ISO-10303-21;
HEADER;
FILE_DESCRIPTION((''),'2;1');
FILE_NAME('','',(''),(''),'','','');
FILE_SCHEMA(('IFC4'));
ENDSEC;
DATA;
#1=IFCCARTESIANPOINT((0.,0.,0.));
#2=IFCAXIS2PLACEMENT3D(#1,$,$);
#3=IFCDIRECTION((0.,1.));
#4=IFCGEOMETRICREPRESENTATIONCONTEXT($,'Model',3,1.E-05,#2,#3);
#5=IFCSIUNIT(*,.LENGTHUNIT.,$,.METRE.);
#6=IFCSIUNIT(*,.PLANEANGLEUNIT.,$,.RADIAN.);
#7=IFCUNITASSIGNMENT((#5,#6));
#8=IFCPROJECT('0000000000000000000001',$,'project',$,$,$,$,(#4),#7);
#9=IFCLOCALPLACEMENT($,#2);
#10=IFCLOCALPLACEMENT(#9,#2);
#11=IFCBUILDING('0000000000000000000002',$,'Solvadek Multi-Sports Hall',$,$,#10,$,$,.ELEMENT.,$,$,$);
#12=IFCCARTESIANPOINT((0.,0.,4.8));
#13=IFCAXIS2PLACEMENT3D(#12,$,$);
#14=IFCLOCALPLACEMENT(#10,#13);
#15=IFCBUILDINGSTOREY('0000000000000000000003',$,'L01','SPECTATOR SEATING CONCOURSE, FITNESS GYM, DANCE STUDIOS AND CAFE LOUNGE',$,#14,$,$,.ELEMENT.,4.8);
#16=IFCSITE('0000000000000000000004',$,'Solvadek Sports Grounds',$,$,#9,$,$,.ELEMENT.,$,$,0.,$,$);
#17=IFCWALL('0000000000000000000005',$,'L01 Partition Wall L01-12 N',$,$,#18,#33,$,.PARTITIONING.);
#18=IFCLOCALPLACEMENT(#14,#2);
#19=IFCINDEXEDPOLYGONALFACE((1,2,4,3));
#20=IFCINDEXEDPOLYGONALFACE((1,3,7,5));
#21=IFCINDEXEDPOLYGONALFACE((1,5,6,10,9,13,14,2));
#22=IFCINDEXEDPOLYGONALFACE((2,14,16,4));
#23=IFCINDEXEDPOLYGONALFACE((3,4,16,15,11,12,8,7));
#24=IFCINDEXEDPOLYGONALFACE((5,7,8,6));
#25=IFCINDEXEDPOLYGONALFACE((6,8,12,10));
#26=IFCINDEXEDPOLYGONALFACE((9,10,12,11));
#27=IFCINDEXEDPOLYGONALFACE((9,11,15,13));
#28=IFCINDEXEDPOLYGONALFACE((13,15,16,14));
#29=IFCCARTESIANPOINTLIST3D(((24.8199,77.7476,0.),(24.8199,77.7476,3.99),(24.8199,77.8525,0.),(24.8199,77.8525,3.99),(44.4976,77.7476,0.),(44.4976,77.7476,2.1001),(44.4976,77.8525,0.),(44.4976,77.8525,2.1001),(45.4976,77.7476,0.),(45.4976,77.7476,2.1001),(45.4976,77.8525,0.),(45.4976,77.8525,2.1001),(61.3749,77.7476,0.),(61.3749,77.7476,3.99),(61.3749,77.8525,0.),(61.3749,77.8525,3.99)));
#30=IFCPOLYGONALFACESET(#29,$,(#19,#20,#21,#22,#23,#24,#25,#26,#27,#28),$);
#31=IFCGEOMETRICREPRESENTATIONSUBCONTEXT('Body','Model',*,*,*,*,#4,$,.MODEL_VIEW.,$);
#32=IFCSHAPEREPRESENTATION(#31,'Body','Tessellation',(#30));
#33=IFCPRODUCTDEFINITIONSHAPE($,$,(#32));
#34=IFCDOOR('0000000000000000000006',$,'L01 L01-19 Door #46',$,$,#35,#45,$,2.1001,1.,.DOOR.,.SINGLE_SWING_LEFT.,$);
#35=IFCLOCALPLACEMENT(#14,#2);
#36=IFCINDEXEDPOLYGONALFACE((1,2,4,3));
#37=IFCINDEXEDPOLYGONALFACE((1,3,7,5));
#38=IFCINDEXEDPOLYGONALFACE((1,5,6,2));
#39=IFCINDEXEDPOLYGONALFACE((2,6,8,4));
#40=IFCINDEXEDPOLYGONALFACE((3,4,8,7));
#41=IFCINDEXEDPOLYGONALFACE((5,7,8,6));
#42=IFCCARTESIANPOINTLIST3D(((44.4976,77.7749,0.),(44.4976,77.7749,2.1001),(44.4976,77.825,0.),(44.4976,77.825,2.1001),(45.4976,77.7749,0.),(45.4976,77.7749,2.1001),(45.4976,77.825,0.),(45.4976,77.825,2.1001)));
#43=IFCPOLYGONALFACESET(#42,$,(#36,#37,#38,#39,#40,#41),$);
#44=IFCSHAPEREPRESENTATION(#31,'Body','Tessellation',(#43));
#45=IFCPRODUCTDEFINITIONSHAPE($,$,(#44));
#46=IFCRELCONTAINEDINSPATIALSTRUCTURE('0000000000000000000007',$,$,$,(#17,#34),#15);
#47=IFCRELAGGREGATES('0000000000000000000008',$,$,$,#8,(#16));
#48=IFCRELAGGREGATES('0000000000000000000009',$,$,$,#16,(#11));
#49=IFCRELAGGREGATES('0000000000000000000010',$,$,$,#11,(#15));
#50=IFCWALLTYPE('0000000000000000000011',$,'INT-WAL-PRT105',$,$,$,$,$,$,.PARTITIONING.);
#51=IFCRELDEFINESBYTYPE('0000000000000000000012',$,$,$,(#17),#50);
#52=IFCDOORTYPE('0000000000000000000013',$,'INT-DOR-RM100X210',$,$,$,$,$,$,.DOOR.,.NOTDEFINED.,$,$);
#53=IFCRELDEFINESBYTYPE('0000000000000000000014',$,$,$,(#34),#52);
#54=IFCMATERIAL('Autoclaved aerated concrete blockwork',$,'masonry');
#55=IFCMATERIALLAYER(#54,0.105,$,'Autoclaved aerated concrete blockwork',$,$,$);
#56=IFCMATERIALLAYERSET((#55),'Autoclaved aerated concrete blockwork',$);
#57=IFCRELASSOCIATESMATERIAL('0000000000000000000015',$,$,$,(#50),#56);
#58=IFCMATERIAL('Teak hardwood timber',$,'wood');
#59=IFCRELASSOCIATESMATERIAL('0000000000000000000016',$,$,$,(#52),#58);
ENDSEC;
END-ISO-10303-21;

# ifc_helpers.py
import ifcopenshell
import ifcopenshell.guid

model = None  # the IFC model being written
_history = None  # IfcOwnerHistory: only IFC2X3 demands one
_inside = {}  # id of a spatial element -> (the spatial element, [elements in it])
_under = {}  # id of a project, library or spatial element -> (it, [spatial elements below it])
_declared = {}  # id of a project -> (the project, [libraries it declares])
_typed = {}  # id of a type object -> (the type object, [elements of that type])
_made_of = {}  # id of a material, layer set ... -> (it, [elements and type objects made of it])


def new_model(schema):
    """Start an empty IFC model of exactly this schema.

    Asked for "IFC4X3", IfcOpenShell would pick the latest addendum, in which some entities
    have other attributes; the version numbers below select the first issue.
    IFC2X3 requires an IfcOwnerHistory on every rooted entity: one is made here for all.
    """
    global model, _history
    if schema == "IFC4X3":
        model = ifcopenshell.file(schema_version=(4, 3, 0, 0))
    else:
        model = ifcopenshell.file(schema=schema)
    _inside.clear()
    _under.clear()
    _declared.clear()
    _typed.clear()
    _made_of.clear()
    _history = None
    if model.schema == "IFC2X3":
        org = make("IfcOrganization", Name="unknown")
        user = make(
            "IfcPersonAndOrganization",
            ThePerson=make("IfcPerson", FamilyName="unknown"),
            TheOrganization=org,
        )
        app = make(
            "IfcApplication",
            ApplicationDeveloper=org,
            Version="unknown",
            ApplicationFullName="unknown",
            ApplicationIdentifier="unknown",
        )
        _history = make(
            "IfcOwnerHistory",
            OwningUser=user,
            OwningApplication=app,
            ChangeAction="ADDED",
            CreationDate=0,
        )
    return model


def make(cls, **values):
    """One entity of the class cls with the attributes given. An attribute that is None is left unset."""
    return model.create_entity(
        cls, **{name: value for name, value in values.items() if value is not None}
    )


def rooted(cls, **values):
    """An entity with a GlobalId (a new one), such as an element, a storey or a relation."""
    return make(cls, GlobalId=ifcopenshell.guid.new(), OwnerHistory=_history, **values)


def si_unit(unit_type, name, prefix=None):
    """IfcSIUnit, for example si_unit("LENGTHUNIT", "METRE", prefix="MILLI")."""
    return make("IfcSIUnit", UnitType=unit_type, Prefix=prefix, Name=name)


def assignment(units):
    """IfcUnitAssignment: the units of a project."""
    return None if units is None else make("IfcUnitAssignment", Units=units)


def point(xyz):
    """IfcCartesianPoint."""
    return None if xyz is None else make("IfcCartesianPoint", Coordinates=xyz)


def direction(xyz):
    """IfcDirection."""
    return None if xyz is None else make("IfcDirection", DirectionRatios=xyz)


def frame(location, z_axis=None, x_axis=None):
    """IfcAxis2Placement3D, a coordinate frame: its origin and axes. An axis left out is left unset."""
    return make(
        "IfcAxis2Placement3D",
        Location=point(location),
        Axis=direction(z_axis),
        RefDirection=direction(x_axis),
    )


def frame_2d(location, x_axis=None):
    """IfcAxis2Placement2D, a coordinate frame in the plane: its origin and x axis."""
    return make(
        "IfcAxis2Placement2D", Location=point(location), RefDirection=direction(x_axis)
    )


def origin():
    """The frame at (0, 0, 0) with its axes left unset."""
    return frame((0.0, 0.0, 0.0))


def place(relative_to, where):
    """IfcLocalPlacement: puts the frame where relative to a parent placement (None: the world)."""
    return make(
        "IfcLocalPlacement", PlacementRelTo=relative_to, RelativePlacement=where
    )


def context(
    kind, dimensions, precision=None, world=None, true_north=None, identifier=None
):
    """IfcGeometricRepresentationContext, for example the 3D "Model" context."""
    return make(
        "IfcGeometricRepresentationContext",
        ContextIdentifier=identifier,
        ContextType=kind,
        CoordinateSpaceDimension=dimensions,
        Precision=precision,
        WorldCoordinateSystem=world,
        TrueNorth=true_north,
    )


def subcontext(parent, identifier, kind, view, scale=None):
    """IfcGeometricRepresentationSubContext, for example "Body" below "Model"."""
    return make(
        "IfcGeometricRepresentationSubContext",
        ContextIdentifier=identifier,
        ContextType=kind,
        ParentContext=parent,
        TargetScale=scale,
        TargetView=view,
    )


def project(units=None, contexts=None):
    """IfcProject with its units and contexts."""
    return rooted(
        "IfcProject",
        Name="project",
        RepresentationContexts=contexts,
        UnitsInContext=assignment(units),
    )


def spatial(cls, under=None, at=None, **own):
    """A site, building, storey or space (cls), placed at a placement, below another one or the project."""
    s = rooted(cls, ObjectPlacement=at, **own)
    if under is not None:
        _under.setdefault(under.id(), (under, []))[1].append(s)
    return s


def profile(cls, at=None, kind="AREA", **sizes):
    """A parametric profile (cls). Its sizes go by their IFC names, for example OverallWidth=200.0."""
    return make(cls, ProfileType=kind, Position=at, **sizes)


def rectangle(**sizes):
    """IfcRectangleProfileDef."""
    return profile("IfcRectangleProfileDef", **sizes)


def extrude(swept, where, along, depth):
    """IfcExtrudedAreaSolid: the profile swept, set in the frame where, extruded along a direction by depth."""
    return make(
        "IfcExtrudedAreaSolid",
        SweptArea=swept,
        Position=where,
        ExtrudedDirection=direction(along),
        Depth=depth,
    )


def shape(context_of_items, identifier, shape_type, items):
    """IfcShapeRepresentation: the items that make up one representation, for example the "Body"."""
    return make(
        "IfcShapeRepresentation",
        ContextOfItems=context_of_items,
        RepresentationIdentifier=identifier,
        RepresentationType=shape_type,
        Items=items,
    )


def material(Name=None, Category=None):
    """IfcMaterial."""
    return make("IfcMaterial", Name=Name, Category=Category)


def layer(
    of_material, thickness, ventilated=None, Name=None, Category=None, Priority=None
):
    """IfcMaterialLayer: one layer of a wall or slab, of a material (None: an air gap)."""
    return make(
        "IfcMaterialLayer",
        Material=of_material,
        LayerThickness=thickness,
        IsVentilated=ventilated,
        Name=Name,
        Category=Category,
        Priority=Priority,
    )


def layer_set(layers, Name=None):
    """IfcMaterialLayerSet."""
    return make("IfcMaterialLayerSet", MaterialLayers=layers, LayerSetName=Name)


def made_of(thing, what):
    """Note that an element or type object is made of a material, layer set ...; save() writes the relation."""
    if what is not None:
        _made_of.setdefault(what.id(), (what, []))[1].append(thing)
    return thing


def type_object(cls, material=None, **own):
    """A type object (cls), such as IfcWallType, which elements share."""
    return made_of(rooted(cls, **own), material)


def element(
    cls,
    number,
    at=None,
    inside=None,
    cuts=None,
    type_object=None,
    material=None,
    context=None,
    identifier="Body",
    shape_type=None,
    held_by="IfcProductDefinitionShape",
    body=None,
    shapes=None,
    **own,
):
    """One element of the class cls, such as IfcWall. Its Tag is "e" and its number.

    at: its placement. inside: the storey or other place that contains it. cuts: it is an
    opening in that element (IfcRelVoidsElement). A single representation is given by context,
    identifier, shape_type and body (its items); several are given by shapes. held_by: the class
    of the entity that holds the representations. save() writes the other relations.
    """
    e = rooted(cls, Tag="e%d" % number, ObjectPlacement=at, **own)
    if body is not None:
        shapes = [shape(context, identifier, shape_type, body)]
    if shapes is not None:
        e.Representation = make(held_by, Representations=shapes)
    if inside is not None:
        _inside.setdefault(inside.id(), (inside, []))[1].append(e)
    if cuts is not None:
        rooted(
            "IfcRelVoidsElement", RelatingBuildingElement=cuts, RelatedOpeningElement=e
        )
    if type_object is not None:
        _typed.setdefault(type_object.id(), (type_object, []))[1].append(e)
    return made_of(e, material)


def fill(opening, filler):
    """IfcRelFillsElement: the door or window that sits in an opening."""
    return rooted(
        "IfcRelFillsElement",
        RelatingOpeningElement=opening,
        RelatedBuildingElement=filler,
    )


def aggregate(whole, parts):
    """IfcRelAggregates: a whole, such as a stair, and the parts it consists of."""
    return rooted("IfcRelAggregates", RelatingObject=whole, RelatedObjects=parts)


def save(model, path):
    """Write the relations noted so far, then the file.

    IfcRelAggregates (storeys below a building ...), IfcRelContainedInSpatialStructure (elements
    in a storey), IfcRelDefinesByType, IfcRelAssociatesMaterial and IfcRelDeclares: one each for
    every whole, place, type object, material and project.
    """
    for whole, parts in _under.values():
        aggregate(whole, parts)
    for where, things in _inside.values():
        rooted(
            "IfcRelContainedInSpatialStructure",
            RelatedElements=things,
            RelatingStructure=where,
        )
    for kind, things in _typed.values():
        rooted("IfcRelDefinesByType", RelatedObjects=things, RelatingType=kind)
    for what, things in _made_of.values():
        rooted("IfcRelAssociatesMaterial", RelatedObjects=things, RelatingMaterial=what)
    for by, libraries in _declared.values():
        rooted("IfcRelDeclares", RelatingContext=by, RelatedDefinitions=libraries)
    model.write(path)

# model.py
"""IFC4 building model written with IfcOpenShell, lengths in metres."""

from ifc_helpers import new_model, si_unit, direction, frame, frame_2d, origin, place, context, subcontext, project, spatial, rectangle, extrude, material, layer, layer_set, type_object, element, fill, save


model = new_model("IFC4")

# Units and contexts
model_context = context("Model", 3, precision=1e-05, world=origin(), true_north=direction((0.0, 1.0)))
body_context = subcontext(model_context, "Body", "Model", "MODEL_VIEW")
ifc_project = project(units=[si_unit("LENGTHUNIT", "METRE"), si_unit("PLANEANGLEUNIT", "RADIAN")], contexts=[model_context])

# Site, building, storey
site_placement = place(None, origin())
site = spatial("IfcSite", under=ifc_project, at=site_placement, Name="Solvadek Sports Grounds", CompositionType="ELEMENT", RefElevation=0.0)
building_placement = place(site_placement, origin())
building = spatial("IfcBuilding", under=site, at=building_placement, Name="Solvadek Multi-Sports Hall", CompositionType="ELEMENT")
storey_placement = place(building_placement, frame((0.0, 0.0, 4.8)))
storey = spatial("IfcBuildingStorey", under=building, at=storey_placement, Name="L01", Description="SPECTATOR SEATING CONCOURSE, FITNESS GYM, DANCE STUDIOS AND CAFE LOUNGE", CompositionType="ELEMENT", Elevation=4.8)

# Wall, opening, door
ifc_material_1 = material(Name="Autoclaved aerated concrete blockwork", Category="masonry")
ifc_layer = layer(ifc_material_1, 0.105, Name="Autoclaved aerated concrete blockwork")
ifc_layer_set = layer_set([ifc_layer], Name="Autoclaved aerated concrete blockwork")
wall_type = type_object("IfcWallType", Name="INT-WAL-PRT105", PredefinedType="PARTITIONING", material=ifc_layer_set)
wall_placement = place(storey_placement, frame((24.8201, 77.8, 0.0), z_axis=(0.0, 0.0, 1.0), x_axis=(1.0, 0.0, 0.0)))
wall = element("IfcWall", 1, at=wall_placement, inside=storey, type_object=wall_type, Name="L01 Partition Wall L01-12 N", PredefinedType="PARTITIONING", context=body_context, shape_type="SweptSolid", body=[
    extrude(rectangle(XDim=36.5549, YDim=0.105, at=frame_2d((18.2773, 0.0))), origin(), (0.0, 0.0, 1.0), 3.99),
])
opening_placement = place(wall_placement, frame((19.6775, 0.0, 0.0)))
opening = element("IfcOpeningElement", 2, at=opening_placement, cuts=wall, PredefinedType="OPENING", context=body_context, shape_type="SweptSolid", body=[
    extrude(rectangle(XDim=1.0, YDim=2.1001, at=frame_2d((0.5, 1.05))), frame((0.0, 0.0625, 0.0), z_axis=(0.0, -1.0, 0.0), x_axis=(1.0, 0.0, 0.0)), (0.0, 0.0, 1.0), 0.125),
])
ifc_material_2 = material(Name="Teak hardwood timber", Category="wood")
door_type = type_object("IfcDoorType", Name="INT-DOR-RM100X210", OperationType="NOTDEFINED", PredefinedType="DOOR", material=ifc_material_2)
door_placement = place(opening_placement, origin())
door = element("IfcDoor", 3, at=door_placement, inside=storey, type_object=door_type, Name="L01 L01-19 Door #46", OperationType="SINGLE_SWING_LEFT", OverallHeight=2.1001, OverallWidth=1.0, PredefinedType="DOOR", context=body_context, shape_type="SweptSolid", body=[
    extrude(rectangle(XDim=1.0, YDim=2.1001, at=frame_2d((0.5, 1.05))), frame((0.0, 0.0249, 0.0), z_axis=(0.0, -1.0, 0.0), x_axis=(1.0, 0.0, 0.0)), (0.0, 0.0, 1.0), 0.05),
])
fill(opening, door)

save(model, "model.ifc")
